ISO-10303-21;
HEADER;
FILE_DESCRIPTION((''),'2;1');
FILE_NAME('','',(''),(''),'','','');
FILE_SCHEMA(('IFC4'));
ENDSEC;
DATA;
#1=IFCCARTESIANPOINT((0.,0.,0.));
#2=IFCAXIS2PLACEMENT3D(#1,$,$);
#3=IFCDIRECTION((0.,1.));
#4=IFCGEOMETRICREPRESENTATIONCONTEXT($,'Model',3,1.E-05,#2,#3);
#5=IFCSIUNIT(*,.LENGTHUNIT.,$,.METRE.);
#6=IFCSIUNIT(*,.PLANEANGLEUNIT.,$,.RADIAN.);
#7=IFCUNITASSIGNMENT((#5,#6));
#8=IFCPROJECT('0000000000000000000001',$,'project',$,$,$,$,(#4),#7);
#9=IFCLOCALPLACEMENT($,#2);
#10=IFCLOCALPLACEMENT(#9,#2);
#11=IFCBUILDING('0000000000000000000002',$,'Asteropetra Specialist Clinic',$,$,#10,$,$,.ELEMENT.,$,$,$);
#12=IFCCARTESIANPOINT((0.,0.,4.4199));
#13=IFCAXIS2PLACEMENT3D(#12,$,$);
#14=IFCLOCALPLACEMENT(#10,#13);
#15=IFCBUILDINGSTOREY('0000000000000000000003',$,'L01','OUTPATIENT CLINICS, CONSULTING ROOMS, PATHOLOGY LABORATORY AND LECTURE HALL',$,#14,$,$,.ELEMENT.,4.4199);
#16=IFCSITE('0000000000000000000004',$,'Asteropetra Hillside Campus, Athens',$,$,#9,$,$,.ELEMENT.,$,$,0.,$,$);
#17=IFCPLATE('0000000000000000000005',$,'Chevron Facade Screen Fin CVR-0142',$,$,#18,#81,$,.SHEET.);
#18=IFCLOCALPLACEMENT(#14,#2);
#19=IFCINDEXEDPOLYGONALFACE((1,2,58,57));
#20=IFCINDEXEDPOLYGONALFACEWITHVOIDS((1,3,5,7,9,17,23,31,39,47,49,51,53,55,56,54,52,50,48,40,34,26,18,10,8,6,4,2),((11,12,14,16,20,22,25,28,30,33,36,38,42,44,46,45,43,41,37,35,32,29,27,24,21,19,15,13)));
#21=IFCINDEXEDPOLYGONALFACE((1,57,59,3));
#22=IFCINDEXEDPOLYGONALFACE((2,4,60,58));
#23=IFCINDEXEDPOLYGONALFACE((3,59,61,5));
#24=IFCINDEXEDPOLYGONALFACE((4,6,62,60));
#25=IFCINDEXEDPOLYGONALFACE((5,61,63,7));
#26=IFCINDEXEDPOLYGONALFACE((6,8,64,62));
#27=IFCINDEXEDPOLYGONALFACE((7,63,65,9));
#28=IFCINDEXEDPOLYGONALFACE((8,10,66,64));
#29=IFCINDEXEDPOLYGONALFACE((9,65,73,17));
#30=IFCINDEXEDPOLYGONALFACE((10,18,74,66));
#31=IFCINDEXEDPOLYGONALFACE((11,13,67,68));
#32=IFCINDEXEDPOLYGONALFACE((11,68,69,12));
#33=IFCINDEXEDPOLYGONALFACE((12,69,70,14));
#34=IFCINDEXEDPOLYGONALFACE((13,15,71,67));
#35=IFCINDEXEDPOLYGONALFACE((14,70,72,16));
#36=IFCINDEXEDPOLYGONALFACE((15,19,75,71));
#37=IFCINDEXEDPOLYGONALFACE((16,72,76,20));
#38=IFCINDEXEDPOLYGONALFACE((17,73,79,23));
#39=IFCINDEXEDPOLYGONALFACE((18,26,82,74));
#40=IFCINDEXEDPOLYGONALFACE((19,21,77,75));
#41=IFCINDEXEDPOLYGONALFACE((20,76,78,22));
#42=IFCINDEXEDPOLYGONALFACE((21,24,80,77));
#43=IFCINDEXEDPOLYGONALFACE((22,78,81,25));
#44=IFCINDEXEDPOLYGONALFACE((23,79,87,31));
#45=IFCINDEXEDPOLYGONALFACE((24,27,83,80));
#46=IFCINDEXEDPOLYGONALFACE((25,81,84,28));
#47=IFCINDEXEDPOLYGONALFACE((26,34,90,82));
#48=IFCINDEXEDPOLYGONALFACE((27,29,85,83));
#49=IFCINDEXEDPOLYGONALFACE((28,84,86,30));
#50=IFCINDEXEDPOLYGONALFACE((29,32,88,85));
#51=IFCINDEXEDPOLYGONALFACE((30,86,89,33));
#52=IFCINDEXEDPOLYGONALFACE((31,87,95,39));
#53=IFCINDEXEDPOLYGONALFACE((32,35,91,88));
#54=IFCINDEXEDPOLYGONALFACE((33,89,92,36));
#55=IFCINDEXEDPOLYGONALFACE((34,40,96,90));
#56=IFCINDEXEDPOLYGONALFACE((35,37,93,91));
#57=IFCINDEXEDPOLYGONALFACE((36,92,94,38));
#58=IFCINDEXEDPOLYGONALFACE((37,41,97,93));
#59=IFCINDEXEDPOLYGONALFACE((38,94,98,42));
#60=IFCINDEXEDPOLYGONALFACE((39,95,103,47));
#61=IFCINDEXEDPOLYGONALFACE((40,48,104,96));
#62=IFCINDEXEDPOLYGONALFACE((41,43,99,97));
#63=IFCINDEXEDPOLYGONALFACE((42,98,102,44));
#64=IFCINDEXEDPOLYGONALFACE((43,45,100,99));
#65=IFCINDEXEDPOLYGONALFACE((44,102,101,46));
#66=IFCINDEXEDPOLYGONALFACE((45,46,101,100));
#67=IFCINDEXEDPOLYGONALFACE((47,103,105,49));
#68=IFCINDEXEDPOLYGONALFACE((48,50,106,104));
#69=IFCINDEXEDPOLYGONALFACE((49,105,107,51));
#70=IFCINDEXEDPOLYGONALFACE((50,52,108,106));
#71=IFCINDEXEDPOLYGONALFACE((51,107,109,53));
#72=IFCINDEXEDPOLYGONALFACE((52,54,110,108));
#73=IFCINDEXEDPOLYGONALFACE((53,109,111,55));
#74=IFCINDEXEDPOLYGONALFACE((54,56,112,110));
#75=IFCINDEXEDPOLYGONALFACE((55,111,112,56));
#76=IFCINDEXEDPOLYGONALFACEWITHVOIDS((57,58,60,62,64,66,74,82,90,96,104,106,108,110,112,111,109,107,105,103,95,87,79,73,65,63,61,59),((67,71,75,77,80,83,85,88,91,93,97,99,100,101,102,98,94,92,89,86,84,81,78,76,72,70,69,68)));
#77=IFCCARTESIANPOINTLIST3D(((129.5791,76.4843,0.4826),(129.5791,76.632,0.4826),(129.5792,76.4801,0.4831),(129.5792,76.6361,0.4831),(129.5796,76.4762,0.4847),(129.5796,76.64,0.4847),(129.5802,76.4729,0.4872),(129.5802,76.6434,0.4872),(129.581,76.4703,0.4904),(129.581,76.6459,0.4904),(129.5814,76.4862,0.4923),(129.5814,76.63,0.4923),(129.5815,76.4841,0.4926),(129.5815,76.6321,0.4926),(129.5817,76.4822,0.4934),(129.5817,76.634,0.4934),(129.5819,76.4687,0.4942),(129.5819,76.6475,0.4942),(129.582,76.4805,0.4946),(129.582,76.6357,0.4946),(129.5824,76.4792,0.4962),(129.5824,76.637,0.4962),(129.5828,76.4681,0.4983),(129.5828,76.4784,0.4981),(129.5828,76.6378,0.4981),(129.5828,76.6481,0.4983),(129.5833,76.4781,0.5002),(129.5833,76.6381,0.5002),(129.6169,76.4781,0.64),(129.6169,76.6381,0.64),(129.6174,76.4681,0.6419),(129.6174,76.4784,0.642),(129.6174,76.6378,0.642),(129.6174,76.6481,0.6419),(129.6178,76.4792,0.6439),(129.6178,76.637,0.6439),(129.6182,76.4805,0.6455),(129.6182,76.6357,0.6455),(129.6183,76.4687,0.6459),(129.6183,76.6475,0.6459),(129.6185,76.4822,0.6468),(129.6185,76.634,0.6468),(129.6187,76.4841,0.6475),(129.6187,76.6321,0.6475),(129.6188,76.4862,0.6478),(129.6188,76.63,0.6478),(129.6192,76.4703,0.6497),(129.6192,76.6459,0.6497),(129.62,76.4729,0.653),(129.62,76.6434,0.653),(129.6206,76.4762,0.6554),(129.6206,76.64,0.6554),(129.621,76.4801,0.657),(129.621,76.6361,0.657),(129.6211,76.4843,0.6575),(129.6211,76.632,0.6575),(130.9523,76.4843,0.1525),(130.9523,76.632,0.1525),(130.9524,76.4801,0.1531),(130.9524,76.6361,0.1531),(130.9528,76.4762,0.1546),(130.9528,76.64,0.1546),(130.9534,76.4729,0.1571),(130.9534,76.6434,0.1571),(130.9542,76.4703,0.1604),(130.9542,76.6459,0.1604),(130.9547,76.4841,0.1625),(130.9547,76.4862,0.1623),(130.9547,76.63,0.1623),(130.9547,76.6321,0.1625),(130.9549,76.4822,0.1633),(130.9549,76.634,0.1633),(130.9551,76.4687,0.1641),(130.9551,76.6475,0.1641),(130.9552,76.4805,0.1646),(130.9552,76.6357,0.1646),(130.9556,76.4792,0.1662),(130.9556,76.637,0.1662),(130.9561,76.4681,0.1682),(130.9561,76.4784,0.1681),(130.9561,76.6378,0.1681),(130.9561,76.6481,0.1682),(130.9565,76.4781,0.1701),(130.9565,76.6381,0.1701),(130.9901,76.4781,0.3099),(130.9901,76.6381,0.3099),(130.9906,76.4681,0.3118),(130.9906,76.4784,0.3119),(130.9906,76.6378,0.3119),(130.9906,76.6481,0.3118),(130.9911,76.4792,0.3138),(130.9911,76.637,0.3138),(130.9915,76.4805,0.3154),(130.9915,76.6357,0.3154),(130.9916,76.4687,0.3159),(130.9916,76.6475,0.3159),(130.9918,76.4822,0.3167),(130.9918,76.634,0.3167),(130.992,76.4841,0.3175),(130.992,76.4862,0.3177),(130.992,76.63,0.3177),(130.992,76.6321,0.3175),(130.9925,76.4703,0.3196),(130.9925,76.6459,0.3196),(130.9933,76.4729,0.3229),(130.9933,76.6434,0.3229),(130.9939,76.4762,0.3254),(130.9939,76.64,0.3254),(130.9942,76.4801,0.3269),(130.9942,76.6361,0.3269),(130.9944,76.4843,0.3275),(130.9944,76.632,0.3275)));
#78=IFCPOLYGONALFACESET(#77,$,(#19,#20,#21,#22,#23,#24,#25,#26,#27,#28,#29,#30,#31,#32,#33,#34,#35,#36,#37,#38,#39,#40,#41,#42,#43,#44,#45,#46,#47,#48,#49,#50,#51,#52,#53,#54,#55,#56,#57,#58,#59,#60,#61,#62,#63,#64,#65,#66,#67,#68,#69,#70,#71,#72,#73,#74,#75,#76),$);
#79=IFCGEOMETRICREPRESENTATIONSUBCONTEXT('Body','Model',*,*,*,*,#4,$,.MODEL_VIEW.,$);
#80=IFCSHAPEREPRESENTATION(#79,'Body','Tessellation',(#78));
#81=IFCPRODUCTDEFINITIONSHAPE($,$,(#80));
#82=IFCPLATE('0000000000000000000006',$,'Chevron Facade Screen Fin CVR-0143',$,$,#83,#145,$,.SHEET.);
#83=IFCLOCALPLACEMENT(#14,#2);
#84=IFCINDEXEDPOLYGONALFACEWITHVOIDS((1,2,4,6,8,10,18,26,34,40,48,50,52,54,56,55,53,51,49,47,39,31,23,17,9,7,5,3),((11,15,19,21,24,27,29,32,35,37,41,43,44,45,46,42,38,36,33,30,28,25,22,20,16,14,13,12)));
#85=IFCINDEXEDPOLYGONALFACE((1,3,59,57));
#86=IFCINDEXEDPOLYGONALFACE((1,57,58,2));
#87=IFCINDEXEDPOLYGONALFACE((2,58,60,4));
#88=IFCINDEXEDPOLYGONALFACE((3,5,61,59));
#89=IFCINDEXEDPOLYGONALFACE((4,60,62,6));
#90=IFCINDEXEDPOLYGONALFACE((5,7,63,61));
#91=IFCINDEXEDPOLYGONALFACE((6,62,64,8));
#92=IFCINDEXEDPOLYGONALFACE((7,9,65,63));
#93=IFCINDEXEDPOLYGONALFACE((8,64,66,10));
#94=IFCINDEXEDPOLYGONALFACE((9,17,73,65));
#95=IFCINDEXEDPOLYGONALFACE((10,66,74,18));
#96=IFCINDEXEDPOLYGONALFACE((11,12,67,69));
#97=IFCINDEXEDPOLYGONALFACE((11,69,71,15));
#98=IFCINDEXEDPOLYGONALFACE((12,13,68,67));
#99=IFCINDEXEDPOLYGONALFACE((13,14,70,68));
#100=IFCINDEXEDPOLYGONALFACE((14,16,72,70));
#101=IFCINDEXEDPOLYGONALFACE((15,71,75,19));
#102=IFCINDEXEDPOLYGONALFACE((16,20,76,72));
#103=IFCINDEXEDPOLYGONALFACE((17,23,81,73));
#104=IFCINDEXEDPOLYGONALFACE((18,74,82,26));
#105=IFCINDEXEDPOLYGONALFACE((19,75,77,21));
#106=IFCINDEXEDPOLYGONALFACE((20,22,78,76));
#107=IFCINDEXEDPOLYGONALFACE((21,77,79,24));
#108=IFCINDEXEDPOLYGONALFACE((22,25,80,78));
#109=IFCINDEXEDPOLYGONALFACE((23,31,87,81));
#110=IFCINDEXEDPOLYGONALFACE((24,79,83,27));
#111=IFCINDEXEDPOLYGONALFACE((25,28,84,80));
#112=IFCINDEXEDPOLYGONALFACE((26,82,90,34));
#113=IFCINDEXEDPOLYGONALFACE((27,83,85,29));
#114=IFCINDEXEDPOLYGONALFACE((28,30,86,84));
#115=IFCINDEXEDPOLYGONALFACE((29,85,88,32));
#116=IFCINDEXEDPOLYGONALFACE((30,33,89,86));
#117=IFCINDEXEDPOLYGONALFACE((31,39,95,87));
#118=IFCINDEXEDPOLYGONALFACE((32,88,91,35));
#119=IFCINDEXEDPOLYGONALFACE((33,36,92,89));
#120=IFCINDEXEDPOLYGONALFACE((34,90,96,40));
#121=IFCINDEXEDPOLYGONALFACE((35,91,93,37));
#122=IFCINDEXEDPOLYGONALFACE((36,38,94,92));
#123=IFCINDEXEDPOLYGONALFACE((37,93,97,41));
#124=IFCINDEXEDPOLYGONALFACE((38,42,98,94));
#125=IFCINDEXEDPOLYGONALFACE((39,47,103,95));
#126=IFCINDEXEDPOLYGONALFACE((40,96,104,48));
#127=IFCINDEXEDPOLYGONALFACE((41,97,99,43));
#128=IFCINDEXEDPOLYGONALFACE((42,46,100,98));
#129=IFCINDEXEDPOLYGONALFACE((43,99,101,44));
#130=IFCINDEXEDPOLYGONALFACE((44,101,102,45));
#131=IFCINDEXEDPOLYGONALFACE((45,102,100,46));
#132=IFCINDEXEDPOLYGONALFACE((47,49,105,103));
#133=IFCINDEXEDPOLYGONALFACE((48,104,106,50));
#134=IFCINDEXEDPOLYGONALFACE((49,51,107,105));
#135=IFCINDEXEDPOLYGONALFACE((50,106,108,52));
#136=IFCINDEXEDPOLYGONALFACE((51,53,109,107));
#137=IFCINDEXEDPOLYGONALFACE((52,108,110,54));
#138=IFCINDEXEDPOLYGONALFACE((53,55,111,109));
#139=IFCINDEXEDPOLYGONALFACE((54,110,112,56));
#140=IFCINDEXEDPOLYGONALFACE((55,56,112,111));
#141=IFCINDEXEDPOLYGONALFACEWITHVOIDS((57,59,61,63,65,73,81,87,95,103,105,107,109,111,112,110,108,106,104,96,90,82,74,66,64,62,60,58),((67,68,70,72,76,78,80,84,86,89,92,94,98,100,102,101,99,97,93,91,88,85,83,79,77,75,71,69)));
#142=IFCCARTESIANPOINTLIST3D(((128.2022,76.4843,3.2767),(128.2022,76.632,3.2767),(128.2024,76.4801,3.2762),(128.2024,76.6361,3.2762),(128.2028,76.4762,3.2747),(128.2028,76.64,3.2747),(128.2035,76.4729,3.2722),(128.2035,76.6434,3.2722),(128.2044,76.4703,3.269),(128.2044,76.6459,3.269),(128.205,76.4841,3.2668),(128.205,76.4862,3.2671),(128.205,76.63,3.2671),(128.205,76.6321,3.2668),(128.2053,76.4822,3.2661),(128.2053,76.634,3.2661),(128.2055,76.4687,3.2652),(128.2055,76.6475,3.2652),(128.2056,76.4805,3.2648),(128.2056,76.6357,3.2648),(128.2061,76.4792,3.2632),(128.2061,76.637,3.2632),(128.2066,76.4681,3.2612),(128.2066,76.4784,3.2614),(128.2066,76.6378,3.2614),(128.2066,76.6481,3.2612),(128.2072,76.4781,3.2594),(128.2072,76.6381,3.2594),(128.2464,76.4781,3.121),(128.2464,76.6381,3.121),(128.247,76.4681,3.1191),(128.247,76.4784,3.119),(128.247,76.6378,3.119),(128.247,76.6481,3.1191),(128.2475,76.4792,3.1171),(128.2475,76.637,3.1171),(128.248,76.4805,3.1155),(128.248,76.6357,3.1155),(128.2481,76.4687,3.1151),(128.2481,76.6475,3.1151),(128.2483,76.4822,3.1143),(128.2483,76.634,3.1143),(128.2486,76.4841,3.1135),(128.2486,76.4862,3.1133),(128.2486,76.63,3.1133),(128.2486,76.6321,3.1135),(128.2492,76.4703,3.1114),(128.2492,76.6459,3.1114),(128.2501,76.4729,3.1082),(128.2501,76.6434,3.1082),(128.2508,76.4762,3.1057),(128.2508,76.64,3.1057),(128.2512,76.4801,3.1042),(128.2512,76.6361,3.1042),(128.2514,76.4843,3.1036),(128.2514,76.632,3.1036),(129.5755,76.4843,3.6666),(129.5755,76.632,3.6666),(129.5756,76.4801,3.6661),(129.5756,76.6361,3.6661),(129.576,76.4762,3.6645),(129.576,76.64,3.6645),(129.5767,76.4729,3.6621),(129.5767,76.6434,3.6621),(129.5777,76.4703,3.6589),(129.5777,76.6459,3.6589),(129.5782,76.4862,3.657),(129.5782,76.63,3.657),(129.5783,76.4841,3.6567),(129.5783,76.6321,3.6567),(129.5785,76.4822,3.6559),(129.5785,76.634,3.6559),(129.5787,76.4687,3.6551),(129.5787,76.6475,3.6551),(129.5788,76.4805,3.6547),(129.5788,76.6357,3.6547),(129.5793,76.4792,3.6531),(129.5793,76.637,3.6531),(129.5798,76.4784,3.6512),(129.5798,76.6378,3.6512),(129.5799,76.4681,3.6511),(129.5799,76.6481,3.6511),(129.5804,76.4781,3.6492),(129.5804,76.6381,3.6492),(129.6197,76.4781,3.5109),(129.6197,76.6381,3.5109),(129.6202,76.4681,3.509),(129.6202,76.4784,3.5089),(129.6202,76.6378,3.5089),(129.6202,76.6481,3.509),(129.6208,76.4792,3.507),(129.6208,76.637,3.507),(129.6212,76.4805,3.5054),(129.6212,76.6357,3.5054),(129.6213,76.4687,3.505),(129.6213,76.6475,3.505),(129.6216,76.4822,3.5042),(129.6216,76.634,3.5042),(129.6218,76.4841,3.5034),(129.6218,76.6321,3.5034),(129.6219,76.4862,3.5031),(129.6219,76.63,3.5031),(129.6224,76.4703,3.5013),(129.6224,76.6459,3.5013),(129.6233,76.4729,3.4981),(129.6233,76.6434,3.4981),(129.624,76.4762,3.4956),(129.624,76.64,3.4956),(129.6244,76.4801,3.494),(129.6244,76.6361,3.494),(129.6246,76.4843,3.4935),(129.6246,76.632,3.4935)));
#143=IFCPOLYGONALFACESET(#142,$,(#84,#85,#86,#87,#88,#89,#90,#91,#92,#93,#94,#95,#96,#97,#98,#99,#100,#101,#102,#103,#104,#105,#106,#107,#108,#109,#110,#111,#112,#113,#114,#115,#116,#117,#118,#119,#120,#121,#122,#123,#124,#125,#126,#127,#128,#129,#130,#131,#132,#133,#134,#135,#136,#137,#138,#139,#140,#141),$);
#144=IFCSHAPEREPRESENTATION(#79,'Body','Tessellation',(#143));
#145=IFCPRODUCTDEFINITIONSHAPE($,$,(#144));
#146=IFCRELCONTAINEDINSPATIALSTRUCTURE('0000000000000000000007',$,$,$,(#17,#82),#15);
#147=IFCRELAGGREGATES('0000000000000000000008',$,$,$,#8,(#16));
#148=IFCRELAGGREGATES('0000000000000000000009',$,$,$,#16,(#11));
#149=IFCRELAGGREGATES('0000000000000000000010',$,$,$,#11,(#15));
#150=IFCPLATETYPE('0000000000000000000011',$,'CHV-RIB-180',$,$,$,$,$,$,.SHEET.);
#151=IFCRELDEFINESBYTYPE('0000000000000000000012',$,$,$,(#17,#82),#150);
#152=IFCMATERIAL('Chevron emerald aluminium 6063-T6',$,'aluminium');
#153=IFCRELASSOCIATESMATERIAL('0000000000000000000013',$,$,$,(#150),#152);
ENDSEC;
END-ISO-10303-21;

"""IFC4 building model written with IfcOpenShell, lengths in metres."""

from ifc_helpers import new_model, si_unit, direction, frame, origin, origin_2d, place, context, subcontext, project, spatial, hollow_rectangle, extrude, material, material_profile, profile_set, type_object, element, save


model = new_model("IFC4")

# Units and contexts
model_context = context("Model", 3, precision=1e-05, world=origin(), true_north=direction((0.0, 1.0)))
body_context = subcontext(model_context, "Body", "Model", "MODEL_VIEW")
ifc_project = project(units=[si_unit("LENGTHUNIT", "METRE"), si_unit("PLANEANGLEUNIT", "RADIAN")], contexts=[model_context])

# Site, building, storey
site_placement = place(None, origin())
site = spatial("IfcSite", under=ifc_project, at=site_placement, Name="Asteropetra Hillside Campus, Athens", CompositionType="ELEMENT", RefElevation=0.0)
building_placement = place(site_placement, origin())
building = spatial("IfcBuilding", under=site, at=building_placement, Name="Asteropetra Specialist Clinic", CompositionType="ELEMENT")
storey_placement = place(building_placement, frame((0.0, 0.0, 4.4199)))
storey = spatial("IfcBuildingStorey", under=building, at=storey_placement, Name="L01", Description="OUTPATIENT CLINICS, CONSULTING ROOMS, PATHOLOGY LABORATORY AND LECTURE HALL", CompositionType="ELEMENT", Elevation=4.4199)

# Plates
ifc_material_1 = material(Name="Chevron emerald aluminium 6063-T6", Category="aluminium")
ifc_material_profile = material_profile(ifc_material_1, hollow_rectangle(XDim=0.1799, YDim=0.1799, WallThickness=0.01, InnerFilletRadius=0.0081, OuterFilletRadius=0.0161, at=origin_2d()), Name="SHS 180x180x10.0")
ifc_profile_set = profile_set([ifc_material_profile], Name="Chevron emerald aluminium 6063-T6")
plate_type = type_object("IfcPlateType", Name="CHV-RIB-180", PredefinedType="SHEET", material=ifc_profile_set)
for number, where, z_axis, x_axis, name in (
    (1, (129.6001, 76.5581, 0.5701), (0.972309, 0.0, -0.2337), (0.0, 1.0, 0.0), "Chevron Facade Screen Fin CVR-0142"),
):
    element("IfcPlate", number, at=place(storey_placement, frame(where, z_axis=z_axis, x_axis=x_axis)), inside=storey, type_object=plate_type, Name=name, PredefinedType="SHEET", context=body_context, shape_type="SweptSolid", body=[
        extrude(hollow_rectangle(XDim=0.1799, YDim=0.1799, WallThickness=0.01, InnerFilletRadius=0.0081, OuterFilletRadius=0.0161, at=origin_2d()), origin(), (0.0, 0.0, 1.0), 1.4124),
    ])
for number, where, z_axis, x_axis, name in (
    (2, (128.2268, 76.5581, 3.1902), (0.961981, 0.0, 0.273117), (0.0, 1.0, 0.0), "Chevron Facade Screen Fin CVR-0143"),
):
    element("IfcPlate", number, at=place(storey_placement, frame(where, z_axis=z_axis, x_axis=x_axis)), inside=storey, type_object=plate_type, Name=name, PredefinedType="SHEET", context=body_context, shape_type="SweptSolid", body=[
        extrude(hollow_rectangle(XDim=0.1799, YDim=0.1799, WallThickness=0.01, InnerFilletRadius=0.0081, OuterFilletRadius=0.0161, at=origin_2d()), origin(), (0.0, 0.0, 1.0), 1.4275),
    ])

save(model, "model.ifc")
